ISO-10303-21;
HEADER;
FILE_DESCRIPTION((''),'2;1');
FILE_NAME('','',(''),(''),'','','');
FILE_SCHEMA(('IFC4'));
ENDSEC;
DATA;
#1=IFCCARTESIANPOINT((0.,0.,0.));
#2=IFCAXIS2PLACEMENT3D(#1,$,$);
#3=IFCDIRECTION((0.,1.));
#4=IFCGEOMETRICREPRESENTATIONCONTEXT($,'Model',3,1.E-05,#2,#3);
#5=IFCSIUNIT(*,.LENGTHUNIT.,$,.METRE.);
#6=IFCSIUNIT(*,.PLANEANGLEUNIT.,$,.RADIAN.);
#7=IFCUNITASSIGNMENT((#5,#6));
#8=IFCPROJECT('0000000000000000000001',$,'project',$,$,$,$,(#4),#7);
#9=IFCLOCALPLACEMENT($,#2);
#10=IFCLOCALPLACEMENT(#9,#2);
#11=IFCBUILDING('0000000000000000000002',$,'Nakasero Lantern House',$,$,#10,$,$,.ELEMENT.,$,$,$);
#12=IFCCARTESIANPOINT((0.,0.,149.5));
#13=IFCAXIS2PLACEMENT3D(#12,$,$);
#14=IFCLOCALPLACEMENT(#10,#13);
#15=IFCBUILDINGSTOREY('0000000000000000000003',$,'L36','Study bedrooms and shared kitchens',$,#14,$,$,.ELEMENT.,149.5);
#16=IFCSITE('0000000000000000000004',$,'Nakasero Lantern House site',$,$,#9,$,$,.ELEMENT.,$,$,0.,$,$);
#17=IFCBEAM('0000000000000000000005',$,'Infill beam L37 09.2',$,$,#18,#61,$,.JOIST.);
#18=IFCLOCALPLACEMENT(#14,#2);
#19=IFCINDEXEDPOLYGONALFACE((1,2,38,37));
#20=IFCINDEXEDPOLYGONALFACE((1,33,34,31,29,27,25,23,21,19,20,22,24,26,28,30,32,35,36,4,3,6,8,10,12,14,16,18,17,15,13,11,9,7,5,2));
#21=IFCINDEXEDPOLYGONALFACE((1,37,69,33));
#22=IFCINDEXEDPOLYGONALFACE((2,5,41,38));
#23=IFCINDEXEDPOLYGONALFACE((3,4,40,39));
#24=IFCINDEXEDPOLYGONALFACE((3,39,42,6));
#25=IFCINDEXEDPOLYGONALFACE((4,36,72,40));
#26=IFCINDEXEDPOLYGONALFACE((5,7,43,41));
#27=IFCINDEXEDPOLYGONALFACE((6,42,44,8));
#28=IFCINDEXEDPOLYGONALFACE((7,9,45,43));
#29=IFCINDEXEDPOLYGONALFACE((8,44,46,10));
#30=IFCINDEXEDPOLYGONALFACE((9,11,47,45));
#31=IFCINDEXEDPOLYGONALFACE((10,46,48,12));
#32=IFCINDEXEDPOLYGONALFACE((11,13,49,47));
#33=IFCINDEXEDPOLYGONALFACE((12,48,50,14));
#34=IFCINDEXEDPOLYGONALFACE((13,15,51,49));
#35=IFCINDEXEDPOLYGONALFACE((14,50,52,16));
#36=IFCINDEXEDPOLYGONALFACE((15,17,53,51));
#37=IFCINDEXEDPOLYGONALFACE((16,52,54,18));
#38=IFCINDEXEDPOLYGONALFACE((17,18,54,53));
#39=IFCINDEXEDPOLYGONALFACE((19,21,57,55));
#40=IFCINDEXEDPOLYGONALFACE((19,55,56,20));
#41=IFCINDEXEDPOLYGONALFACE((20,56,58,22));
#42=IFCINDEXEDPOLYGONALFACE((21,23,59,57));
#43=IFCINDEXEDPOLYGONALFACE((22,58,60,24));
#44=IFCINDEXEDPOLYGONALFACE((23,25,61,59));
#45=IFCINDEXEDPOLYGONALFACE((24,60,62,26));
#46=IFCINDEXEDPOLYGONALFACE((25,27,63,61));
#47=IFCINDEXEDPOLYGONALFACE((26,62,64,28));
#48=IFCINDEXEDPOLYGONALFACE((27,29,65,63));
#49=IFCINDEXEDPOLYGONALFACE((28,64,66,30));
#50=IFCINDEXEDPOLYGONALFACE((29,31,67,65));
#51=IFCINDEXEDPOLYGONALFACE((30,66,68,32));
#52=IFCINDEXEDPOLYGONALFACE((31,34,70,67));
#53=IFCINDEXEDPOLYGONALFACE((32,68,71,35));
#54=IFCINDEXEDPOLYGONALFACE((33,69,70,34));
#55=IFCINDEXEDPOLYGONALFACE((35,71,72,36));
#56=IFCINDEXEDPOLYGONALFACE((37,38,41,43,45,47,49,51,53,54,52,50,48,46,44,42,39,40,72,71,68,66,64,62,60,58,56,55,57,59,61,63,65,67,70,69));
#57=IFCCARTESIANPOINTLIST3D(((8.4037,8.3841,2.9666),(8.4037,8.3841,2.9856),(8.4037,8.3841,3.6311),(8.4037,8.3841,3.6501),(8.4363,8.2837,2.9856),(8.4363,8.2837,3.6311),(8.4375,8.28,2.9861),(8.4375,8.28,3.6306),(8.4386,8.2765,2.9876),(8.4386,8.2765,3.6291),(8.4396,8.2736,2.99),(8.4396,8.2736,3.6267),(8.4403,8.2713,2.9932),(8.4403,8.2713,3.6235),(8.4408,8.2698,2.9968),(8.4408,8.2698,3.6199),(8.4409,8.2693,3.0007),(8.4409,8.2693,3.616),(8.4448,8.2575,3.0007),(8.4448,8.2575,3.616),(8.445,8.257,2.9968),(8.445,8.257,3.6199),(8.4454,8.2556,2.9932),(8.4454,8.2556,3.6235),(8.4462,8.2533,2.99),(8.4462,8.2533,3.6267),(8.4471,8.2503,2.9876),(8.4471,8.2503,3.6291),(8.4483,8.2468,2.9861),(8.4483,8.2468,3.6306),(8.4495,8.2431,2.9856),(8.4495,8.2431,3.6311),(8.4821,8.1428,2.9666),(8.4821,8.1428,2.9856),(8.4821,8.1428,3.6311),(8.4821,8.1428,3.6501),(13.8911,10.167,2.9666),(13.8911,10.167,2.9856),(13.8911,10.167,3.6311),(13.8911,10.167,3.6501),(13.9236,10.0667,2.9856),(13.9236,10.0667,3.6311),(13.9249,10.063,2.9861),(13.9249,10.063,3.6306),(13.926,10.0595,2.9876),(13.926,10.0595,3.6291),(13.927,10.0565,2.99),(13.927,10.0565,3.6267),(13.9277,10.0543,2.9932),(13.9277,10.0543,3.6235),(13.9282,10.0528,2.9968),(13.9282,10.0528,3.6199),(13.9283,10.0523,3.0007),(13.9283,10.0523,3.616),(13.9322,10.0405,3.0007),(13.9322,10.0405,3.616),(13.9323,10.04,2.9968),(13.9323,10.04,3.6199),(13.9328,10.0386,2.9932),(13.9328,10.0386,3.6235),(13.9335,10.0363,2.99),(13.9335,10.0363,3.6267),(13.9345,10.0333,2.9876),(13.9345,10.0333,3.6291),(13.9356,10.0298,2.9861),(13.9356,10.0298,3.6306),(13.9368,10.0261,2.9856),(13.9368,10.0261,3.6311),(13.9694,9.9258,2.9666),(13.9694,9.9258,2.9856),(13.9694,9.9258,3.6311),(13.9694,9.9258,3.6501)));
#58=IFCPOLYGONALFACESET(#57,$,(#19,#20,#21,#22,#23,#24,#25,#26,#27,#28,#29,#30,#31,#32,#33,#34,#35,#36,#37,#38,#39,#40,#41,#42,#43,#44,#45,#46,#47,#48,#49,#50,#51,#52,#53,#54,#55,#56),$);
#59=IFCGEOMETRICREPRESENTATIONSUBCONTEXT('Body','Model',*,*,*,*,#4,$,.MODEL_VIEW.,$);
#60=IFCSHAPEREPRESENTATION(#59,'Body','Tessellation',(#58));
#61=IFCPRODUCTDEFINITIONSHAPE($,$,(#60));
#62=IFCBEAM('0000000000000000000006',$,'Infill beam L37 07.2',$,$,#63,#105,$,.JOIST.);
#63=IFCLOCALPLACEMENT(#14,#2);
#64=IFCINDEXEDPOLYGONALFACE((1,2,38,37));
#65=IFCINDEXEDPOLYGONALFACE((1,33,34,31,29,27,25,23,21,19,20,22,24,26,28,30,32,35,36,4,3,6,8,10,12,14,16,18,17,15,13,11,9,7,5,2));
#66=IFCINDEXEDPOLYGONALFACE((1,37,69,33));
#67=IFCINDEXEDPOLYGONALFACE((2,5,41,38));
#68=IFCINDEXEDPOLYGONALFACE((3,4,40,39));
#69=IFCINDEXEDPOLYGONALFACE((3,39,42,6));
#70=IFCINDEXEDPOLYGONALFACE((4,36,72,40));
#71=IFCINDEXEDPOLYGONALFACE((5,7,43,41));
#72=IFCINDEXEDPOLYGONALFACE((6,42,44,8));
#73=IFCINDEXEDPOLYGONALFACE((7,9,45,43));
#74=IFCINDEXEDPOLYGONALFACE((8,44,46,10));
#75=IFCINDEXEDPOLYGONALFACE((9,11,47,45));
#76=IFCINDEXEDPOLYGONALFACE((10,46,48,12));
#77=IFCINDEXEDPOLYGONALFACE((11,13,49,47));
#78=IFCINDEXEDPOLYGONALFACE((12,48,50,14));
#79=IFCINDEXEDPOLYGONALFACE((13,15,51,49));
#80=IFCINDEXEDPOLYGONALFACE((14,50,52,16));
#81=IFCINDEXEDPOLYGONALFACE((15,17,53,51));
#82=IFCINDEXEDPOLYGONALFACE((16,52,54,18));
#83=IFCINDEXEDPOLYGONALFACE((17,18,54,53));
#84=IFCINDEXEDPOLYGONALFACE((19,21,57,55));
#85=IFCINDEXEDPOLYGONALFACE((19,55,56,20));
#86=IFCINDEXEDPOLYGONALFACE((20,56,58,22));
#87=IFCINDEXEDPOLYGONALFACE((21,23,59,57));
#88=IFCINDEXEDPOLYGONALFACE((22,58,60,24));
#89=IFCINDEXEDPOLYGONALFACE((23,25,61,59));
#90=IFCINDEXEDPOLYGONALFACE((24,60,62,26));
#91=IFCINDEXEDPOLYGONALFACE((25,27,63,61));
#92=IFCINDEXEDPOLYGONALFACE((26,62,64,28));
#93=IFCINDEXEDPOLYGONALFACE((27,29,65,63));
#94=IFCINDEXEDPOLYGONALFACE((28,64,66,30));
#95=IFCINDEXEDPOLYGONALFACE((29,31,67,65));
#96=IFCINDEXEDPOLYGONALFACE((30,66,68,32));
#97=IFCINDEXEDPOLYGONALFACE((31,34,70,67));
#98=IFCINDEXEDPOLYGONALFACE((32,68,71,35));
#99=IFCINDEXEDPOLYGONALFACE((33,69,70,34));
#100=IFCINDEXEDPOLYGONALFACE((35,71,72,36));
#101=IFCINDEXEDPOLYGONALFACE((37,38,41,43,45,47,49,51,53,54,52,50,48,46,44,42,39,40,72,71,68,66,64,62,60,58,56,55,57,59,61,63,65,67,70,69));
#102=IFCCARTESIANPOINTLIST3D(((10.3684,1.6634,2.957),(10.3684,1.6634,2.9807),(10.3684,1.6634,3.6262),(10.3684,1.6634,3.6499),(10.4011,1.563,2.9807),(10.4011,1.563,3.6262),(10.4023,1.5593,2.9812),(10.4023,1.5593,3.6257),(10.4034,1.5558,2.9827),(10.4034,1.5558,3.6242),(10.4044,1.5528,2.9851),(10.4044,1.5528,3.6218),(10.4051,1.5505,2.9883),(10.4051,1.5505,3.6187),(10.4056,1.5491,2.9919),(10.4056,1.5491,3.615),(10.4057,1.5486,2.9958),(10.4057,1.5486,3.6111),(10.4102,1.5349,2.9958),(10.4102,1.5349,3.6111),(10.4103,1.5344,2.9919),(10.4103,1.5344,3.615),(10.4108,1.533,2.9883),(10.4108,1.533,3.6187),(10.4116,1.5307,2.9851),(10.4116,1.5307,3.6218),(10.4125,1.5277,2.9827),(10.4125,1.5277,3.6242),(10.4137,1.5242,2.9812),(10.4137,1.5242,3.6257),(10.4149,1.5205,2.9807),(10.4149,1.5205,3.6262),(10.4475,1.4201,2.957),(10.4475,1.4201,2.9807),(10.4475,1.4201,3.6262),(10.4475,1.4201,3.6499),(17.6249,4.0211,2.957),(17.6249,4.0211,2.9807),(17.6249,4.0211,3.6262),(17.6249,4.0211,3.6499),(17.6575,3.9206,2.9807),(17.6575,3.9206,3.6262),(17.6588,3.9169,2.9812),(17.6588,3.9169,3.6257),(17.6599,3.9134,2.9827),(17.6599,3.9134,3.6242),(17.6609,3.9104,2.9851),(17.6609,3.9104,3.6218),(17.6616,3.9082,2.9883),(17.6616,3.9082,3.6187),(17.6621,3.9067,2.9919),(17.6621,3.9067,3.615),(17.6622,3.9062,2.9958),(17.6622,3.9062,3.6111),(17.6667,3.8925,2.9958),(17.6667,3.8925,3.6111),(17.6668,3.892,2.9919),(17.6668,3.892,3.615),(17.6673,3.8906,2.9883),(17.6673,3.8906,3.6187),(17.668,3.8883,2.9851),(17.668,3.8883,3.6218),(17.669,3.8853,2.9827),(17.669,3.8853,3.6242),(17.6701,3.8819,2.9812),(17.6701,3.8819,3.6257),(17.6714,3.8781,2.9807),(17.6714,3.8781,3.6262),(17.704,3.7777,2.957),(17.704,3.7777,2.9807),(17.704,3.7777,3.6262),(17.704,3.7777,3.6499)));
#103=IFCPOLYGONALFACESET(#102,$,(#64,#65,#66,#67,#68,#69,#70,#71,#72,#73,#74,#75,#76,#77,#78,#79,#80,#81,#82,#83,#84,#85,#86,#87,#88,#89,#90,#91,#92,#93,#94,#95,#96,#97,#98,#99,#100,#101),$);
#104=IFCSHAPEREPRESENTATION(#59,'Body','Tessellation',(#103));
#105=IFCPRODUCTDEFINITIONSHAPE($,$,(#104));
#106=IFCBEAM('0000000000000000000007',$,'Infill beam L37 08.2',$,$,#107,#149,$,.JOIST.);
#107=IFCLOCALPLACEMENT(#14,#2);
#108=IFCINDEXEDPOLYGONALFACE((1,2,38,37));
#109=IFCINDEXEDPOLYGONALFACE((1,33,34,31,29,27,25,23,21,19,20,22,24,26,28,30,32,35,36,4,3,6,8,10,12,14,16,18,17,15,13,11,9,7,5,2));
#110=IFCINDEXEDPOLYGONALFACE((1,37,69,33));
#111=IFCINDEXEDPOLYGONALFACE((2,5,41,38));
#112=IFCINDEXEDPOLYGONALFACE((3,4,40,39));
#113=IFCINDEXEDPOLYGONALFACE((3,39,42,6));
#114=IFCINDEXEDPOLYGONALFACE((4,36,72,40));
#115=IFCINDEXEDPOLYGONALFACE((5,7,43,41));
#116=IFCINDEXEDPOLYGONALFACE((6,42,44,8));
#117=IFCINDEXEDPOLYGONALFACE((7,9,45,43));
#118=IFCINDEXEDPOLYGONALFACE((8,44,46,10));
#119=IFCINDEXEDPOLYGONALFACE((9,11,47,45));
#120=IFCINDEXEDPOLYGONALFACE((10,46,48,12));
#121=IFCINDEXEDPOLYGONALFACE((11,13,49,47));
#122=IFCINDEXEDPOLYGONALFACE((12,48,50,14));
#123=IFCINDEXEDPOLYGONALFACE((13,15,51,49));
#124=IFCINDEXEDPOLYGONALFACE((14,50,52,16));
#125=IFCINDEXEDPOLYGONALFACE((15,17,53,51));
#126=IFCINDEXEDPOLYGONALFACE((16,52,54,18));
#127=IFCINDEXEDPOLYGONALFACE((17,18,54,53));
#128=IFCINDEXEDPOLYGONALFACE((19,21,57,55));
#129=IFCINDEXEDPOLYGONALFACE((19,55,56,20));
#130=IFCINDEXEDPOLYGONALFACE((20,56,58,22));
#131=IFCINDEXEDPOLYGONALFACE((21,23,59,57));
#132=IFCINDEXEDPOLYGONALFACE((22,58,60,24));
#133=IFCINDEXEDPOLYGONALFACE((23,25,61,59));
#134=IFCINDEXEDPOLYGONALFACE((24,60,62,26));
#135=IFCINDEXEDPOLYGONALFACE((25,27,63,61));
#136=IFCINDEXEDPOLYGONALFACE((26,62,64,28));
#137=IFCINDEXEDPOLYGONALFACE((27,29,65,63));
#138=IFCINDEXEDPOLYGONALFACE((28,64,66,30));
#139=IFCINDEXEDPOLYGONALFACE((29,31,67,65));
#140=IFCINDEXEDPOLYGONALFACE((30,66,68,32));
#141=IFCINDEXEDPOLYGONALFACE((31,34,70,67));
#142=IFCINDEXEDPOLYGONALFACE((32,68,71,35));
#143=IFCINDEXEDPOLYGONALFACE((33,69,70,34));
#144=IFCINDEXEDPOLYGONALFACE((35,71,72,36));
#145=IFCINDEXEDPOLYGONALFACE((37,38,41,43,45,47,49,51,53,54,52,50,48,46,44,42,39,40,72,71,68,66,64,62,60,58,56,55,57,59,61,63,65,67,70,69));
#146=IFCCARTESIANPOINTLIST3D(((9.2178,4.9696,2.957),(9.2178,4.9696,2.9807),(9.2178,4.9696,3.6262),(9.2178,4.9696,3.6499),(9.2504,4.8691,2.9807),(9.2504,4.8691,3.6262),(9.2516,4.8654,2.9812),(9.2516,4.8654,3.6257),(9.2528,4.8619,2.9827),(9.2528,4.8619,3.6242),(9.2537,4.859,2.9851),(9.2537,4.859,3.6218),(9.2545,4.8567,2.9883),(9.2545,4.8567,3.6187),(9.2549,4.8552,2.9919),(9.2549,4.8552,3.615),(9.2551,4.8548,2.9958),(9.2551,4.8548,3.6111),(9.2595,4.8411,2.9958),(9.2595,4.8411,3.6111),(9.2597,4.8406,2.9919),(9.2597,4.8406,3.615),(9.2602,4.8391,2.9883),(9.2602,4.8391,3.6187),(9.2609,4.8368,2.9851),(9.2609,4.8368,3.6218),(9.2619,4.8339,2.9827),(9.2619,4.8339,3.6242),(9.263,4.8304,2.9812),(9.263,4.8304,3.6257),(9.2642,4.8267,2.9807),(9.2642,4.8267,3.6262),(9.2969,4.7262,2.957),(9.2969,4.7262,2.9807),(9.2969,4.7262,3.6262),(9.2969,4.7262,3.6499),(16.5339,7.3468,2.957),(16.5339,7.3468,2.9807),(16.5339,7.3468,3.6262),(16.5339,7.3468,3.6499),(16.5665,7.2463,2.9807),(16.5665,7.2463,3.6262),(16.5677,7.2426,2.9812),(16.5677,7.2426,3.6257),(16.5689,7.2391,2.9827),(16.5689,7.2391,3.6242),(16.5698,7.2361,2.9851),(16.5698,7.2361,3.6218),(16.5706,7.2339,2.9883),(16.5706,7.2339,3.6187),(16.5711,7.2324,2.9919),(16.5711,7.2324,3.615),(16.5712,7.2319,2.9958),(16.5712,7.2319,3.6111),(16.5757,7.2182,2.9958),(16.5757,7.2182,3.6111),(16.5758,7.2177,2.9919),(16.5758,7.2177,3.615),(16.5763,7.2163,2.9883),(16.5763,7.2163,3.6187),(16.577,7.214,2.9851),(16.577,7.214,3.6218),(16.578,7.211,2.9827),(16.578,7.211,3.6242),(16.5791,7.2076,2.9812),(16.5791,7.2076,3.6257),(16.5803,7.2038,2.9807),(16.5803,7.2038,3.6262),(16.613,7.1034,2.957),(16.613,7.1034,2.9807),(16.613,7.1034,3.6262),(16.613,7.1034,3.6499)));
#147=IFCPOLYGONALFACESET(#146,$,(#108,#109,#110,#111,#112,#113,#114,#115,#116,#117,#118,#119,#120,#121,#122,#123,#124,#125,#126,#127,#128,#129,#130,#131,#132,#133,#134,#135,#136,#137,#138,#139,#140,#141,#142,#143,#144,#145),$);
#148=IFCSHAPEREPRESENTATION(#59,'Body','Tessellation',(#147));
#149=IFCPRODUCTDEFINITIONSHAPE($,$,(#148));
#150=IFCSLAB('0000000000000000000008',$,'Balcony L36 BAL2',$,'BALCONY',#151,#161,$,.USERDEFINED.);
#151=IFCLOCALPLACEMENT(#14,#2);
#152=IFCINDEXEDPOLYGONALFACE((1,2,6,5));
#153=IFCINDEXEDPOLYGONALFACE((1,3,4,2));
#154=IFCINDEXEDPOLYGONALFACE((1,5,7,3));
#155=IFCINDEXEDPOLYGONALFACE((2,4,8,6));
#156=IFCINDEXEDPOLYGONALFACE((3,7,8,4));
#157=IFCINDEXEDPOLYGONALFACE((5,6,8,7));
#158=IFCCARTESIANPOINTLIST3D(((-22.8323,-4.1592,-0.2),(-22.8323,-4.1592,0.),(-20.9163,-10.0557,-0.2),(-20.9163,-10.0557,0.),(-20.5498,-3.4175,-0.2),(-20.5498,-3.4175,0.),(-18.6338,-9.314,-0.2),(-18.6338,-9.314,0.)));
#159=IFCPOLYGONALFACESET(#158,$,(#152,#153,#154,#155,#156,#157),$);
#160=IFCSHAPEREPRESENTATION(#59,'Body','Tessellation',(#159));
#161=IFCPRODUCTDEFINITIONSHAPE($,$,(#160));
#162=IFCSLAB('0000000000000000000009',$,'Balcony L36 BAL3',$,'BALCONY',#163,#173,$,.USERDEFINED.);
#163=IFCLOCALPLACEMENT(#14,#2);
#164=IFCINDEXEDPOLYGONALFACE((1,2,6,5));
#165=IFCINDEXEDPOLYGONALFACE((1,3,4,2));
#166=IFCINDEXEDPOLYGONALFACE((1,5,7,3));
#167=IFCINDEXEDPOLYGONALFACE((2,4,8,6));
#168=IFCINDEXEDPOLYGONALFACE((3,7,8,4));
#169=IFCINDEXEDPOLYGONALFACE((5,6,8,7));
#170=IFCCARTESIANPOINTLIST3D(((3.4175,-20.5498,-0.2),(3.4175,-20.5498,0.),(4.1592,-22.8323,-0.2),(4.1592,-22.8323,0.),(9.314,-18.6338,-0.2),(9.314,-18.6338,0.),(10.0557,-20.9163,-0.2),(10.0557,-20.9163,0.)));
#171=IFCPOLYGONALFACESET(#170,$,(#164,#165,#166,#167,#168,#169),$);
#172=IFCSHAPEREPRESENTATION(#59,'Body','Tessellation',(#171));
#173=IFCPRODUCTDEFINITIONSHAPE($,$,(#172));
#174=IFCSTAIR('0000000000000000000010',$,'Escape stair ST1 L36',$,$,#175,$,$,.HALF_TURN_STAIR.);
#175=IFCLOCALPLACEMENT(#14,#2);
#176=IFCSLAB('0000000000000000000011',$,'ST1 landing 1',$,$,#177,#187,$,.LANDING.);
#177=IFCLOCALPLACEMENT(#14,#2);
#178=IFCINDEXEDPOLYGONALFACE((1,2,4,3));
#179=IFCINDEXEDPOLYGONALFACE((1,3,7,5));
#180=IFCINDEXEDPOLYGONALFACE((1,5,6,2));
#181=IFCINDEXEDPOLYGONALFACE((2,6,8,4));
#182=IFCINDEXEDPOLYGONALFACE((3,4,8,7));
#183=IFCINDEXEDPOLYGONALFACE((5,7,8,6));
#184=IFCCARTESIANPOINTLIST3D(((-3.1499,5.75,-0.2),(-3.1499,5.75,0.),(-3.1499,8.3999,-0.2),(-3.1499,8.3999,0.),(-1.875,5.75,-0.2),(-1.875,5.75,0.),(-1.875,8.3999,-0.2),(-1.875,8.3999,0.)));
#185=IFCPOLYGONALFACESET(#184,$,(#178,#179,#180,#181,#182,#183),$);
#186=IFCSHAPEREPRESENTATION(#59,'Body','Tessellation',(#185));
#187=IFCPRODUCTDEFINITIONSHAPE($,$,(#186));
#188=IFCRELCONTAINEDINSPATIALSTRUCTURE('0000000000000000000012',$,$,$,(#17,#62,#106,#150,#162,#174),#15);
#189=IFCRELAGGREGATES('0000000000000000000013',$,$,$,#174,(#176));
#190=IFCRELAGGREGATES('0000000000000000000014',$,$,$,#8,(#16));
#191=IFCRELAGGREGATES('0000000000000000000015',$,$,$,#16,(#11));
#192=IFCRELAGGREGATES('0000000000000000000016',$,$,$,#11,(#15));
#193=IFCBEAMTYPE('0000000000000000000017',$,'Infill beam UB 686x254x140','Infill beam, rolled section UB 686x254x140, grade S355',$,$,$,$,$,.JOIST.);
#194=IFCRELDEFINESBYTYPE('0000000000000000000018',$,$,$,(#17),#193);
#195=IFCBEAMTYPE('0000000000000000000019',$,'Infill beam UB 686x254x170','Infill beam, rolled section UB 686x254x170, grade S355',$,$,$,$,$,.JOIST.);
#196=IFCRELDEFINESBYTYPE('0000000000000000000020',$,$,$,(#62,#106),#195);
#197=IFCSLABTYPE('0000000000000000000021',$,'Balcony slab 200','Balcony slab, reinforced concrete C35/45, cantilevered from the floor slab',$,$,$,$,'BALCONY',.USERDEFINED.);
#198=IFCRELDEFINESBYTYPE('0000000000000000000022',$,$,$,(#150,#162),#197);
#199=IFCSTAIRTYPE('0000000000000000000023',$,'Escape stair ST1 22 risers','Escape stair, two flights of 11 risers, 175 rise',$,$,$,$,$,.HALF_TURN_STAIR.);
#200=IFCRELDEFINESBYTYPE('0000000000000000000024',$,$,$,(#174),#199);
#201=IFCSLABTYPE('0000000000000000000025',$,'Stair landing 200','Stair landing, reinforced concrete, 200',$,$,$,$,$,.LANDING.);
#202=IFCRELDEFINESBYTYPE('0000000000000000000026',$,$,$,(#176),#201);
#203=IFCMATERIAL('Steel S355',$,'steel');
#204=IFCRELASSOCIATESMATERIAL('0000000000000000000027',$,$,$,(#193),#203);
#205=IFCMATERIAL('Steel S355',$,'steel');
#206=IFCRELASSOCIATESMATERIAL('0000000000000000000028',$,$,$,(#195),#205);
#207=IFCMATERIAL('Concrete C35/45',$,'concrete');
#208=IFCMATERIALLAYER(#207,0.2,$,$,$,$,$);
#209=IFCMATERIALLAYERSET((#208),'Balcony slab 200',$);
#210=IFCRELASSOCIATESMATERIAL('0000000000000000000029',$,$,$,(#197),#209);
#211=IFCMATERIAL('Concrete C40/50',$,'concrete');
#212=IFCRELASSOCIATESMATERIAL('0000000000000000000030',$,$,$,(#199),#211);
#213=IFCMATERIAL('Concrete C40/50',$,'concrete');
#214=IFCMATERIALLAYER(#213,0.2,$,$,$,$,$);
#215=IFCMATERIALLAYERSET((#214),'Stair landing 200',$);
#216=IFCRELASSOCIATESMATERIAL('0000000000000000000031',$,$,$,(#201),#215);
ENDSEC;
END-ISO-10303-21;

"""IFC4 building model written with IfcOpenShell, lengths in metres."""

from ifc_helpers import new_model, si_unit, direction, frame, origin, origin_2d, place, context, subcontext, project, spatial, polyline, i_section, outline, extrude, material, layer, layer_set, material_profile, profile_set, type_object, element, aggregate, save


model = new_model("IFC4")

# Units and contexts
model_context = context("Model", 3, precision=1e-05, world=origin(), true_north=direction((0.0, 1.0)))
body_context = subcontext(model_context, "Body", "Model", "MODEL_VIEW")
ifc_project = project(units=[si_unit("LENGTHUNIT", "METRE"), si_unit("PLANEANGLEUNIT", "RADIAN")], contexts=[model_context])

# Site, building, storey
site_placement = place(None, origin())
site = spatial("IfcSite", under=ifc_project, at=site_placement, Name="Nakasero Lantern House site", CompositionType="ELEMENT", RefElevation=0.0)
building_placement = place(site_placement, origin())
building = spatial("IfcBuilding", under=site, at=building_placement, Name="Nakasero Lantern House", CompositionType="ELEMENT")
storey_placement = place(building_placement, frame((0.0, 0.0, 149.5)))
storey = spatial("IfcBuildingStorey", under=building, at=storey_placement, Name="L36", Description="Study bedrooms and shared kitchens", CompositionType="ELEMENT", Elevation=149.5)

# Beams
ifc_material_1 = material(Name="Steel S355", Category="steel")
ifc_material_profile_1 = material_profile(ifc_material_1, i_section(OverallWidth=0.2537, OverallDepth=0.6836, WebThickness=0.0125, FlangeThickness=0.019, FilletRadius=0.0151, at=origin_2d()), Name="UB 686x254x140")
ifc_profile_set_1 = profile_set([ifc_material_profile_1], Name="Steel S355")
beam_type_1 = type_object("IfcBeamType", Name="Infill beam UB 686x254x140", Description="Infill beam, rolled section UB 686x254x140, grade S355", PredefinedType="JOIST", material=ifc_profile_set_1)
beam_1_placement = place(storey_placement, frame((8.4429, 8.2634, 3.3083), z_axis=(0.951055, 0.309021, 0.0), x_axis=(-0.309021, 0.951055, 0.0)))
element("IfcBeam", 1, at=beam_1_placement, inside=storey, type_object=beam_type_1, Name="Infill beam L37 09.2", PredefinedType="JOIST", context=body_context, shape_type="SweptSolid", body=[
    extrude(i_section(OverallWidth=0.2537, OverallDepth=0.6836, WebThickness=0.0125, FlangeThickness=0.019, FilletRadius=0.0151, at=origin_2d()), origin(), (0.0, 0.0, 1.0), 5.7698),
])
ifc_material_2 = material(Name="Steel S355", Category="steel")
ifc_material_profile_2 = material_profile(ifc_material_2, i_section(OverallWidth=0.2559, OverallDepth=0.6929, WebThickness=0.0144, FlangeThickness=0.0237, FilletRadius=0.0151, at=origin_2d()), Name="UB 686x254x170")
ifc_profile_set_2 = profile_set([ifc_material_profile_2], Name="Steel S355")
beam_type_2 = type_object("IfcBeamType", Name="Infill beam UB 686x254x170", Description="Infill beam, rolled section UB 686x254x170, grade S355", PredefinedType="JOIST", material=ifc_profile_set_2)
beam_2_placement = place(storey_placement, frame((10.408, 1.5417, 3.3035), z_axis=(0.951062, 0.309, 0.0), x_axis=(-0.309, 0.951062, 0.0)))
element("IfcBeam", 2, at=beam_2_placement, inside=storey, type_object=beam_type_2, Name="Infill beam L37 07.2", PredefinedType="JOIST", context=body_context, shape_type="SweptSolid", body=[
    extrude(i_section(OverallWidth=0.2559, OverallDepth=0.6929, WebThickness=0.0144, FlangeThickness=0.0237, FilletRadius=0.0151, at=origin_2d()), origin(), (0.0, 0.0, 1.0), 7.6299),
])
beam_3_placement = place(storey_placement, frame((9.2573, 4.8479, 3.3035), z_axis=(0.951055, 0.309021, 0.0), x_axis=(-0.309021, 0.951055, 0.0)))
element("IfcBeam", 3, at=beam_3_placement, inside=storey, type_object=beam_type_2, Name="Infill beam L37 08.2", PredefinedType="JOIST", context=body_context, shape_type="SweptSolid", body=[
    extrude(i_section(OverallWidth=0.2559, OverallDepth=0.6929, WebThickness=0.0144, FlangeThickness=0.0237, FilletRadius=0.0151, at=origin_2d()), origin(), (0.0, 0.0, 1.0), 7.6926),
])

# Slabs
ifc_material_3 = material(Name="Concrete C35/45", Category="concrete")
ifc_layer_1 = layer(ifc_material_3, 0.2)
ifc_layer_set_1 = layer_set([ifc_layer_1], Name="Balcony slab 200")
slab_type_1 = type_object("IfcSlabType", Name="Balcony slab 200", Description="Balcony slab, reinforced concrete C35/45, cantilevered from the floor slab", ElementType="BALCONY", PredefinedType="USERDEFINED", material=ifc_layer_set_1)
slab_1_placement = place(storey_placement, frame((0.0, 0.0, -0.2)))
element("IfcSlab", 4, at=slab_1_placement, inside=storey, type_object=slab_type_1, Name="Balcony L36 BAL2", ObjectType="BALCONY", PredefinedType="USERDEFINED", context=body_context, shape_type="SweptSolid", body=[
    extrude(outline(polyline([(-20.5498, -3.4175), (-22.8323, -4.1592), (-20.9163, -10.0557), (-18.6338, -9.314), (-20.5498, -3.4175)])), origin(), (0.0, 0.0, 1.0), 0.2),
])
slab_2_placement = place(storey_placement, frame((0.0, 0.0, -0.2)))
element("IfcSlab", 5, at=slab_2_placement, inside=storey, type_object=slab_type_1, Name="Balcony L36 BAL3", ObjectType="BALCONY", PredefinedType="USERDEFINED", context=body_context, shape_type="SweptSolid", body=[
    extrude(outline(polyline([(3.4175, -20.5498), (4.1592, -22.8323), (10.0557, -20.9163), (9.314, -18.6338), (3.4175, -20.5498)])), origin(), (0.0, 0.0, 1.0), 0.2),
])

# Stair, slab
ifc_material_4 = material(Name="Concrete C40/50", Category="concrete")
stair_type_1 = type_object("IfcStairType", Name="Escape stair ST1 22 risers", Description="Escape stair, two flights of 11 risers, 175 rise", PredefinedType="HALF_TURN_STAIR", material=ifc_material_4)
stair_1_placement = place(storey_placement, origin())
stair_1 = element("IfcStair", 6, at=stair_1_placement, inside=storey, type_object=stair_type_1, Name="Escape stair ST1 L36", PredefinedType="HALF_TURN_STAIR")
ifc_material_5 = material(Name="Concrete C40/50", Category="concrete")
ifc_layer_2 = layer(ifc_material_5, 0.2)
ifc_layer_set_2 = layer_set([ifc_layer_2], Name="Stair landing 200")
slab_type_2 = type_object("IfcSlabType", Name="Stair landing 200", Description="Stair landing, reinforced concrete, 200", PredefinedType="LANDING", material=ifc_layer_set_2)
slab_3_placement = place(storey_placement, frame((0.0, 0.0, -0.2)))
slab_3 = element("IfcSlab", 7, at=slab_3_placement, type_object=slab_type_2, Name="ST1 landing 1", PredefinedType="LANDING", context=body_context, shape_type="SweptSolid", body=[
    extrude(outline(polyline([(-3.1499, 5.75), (-1.875, 5.75), (-1.875, 8.3999), (-3.1499, 8.3999), (-3.1499, 5.75)])), origin(), (0.0, 0.0, 1.0), 0.2),
])

aggregate(stair_1, [slab_3])

save(model, "model.ifc")
